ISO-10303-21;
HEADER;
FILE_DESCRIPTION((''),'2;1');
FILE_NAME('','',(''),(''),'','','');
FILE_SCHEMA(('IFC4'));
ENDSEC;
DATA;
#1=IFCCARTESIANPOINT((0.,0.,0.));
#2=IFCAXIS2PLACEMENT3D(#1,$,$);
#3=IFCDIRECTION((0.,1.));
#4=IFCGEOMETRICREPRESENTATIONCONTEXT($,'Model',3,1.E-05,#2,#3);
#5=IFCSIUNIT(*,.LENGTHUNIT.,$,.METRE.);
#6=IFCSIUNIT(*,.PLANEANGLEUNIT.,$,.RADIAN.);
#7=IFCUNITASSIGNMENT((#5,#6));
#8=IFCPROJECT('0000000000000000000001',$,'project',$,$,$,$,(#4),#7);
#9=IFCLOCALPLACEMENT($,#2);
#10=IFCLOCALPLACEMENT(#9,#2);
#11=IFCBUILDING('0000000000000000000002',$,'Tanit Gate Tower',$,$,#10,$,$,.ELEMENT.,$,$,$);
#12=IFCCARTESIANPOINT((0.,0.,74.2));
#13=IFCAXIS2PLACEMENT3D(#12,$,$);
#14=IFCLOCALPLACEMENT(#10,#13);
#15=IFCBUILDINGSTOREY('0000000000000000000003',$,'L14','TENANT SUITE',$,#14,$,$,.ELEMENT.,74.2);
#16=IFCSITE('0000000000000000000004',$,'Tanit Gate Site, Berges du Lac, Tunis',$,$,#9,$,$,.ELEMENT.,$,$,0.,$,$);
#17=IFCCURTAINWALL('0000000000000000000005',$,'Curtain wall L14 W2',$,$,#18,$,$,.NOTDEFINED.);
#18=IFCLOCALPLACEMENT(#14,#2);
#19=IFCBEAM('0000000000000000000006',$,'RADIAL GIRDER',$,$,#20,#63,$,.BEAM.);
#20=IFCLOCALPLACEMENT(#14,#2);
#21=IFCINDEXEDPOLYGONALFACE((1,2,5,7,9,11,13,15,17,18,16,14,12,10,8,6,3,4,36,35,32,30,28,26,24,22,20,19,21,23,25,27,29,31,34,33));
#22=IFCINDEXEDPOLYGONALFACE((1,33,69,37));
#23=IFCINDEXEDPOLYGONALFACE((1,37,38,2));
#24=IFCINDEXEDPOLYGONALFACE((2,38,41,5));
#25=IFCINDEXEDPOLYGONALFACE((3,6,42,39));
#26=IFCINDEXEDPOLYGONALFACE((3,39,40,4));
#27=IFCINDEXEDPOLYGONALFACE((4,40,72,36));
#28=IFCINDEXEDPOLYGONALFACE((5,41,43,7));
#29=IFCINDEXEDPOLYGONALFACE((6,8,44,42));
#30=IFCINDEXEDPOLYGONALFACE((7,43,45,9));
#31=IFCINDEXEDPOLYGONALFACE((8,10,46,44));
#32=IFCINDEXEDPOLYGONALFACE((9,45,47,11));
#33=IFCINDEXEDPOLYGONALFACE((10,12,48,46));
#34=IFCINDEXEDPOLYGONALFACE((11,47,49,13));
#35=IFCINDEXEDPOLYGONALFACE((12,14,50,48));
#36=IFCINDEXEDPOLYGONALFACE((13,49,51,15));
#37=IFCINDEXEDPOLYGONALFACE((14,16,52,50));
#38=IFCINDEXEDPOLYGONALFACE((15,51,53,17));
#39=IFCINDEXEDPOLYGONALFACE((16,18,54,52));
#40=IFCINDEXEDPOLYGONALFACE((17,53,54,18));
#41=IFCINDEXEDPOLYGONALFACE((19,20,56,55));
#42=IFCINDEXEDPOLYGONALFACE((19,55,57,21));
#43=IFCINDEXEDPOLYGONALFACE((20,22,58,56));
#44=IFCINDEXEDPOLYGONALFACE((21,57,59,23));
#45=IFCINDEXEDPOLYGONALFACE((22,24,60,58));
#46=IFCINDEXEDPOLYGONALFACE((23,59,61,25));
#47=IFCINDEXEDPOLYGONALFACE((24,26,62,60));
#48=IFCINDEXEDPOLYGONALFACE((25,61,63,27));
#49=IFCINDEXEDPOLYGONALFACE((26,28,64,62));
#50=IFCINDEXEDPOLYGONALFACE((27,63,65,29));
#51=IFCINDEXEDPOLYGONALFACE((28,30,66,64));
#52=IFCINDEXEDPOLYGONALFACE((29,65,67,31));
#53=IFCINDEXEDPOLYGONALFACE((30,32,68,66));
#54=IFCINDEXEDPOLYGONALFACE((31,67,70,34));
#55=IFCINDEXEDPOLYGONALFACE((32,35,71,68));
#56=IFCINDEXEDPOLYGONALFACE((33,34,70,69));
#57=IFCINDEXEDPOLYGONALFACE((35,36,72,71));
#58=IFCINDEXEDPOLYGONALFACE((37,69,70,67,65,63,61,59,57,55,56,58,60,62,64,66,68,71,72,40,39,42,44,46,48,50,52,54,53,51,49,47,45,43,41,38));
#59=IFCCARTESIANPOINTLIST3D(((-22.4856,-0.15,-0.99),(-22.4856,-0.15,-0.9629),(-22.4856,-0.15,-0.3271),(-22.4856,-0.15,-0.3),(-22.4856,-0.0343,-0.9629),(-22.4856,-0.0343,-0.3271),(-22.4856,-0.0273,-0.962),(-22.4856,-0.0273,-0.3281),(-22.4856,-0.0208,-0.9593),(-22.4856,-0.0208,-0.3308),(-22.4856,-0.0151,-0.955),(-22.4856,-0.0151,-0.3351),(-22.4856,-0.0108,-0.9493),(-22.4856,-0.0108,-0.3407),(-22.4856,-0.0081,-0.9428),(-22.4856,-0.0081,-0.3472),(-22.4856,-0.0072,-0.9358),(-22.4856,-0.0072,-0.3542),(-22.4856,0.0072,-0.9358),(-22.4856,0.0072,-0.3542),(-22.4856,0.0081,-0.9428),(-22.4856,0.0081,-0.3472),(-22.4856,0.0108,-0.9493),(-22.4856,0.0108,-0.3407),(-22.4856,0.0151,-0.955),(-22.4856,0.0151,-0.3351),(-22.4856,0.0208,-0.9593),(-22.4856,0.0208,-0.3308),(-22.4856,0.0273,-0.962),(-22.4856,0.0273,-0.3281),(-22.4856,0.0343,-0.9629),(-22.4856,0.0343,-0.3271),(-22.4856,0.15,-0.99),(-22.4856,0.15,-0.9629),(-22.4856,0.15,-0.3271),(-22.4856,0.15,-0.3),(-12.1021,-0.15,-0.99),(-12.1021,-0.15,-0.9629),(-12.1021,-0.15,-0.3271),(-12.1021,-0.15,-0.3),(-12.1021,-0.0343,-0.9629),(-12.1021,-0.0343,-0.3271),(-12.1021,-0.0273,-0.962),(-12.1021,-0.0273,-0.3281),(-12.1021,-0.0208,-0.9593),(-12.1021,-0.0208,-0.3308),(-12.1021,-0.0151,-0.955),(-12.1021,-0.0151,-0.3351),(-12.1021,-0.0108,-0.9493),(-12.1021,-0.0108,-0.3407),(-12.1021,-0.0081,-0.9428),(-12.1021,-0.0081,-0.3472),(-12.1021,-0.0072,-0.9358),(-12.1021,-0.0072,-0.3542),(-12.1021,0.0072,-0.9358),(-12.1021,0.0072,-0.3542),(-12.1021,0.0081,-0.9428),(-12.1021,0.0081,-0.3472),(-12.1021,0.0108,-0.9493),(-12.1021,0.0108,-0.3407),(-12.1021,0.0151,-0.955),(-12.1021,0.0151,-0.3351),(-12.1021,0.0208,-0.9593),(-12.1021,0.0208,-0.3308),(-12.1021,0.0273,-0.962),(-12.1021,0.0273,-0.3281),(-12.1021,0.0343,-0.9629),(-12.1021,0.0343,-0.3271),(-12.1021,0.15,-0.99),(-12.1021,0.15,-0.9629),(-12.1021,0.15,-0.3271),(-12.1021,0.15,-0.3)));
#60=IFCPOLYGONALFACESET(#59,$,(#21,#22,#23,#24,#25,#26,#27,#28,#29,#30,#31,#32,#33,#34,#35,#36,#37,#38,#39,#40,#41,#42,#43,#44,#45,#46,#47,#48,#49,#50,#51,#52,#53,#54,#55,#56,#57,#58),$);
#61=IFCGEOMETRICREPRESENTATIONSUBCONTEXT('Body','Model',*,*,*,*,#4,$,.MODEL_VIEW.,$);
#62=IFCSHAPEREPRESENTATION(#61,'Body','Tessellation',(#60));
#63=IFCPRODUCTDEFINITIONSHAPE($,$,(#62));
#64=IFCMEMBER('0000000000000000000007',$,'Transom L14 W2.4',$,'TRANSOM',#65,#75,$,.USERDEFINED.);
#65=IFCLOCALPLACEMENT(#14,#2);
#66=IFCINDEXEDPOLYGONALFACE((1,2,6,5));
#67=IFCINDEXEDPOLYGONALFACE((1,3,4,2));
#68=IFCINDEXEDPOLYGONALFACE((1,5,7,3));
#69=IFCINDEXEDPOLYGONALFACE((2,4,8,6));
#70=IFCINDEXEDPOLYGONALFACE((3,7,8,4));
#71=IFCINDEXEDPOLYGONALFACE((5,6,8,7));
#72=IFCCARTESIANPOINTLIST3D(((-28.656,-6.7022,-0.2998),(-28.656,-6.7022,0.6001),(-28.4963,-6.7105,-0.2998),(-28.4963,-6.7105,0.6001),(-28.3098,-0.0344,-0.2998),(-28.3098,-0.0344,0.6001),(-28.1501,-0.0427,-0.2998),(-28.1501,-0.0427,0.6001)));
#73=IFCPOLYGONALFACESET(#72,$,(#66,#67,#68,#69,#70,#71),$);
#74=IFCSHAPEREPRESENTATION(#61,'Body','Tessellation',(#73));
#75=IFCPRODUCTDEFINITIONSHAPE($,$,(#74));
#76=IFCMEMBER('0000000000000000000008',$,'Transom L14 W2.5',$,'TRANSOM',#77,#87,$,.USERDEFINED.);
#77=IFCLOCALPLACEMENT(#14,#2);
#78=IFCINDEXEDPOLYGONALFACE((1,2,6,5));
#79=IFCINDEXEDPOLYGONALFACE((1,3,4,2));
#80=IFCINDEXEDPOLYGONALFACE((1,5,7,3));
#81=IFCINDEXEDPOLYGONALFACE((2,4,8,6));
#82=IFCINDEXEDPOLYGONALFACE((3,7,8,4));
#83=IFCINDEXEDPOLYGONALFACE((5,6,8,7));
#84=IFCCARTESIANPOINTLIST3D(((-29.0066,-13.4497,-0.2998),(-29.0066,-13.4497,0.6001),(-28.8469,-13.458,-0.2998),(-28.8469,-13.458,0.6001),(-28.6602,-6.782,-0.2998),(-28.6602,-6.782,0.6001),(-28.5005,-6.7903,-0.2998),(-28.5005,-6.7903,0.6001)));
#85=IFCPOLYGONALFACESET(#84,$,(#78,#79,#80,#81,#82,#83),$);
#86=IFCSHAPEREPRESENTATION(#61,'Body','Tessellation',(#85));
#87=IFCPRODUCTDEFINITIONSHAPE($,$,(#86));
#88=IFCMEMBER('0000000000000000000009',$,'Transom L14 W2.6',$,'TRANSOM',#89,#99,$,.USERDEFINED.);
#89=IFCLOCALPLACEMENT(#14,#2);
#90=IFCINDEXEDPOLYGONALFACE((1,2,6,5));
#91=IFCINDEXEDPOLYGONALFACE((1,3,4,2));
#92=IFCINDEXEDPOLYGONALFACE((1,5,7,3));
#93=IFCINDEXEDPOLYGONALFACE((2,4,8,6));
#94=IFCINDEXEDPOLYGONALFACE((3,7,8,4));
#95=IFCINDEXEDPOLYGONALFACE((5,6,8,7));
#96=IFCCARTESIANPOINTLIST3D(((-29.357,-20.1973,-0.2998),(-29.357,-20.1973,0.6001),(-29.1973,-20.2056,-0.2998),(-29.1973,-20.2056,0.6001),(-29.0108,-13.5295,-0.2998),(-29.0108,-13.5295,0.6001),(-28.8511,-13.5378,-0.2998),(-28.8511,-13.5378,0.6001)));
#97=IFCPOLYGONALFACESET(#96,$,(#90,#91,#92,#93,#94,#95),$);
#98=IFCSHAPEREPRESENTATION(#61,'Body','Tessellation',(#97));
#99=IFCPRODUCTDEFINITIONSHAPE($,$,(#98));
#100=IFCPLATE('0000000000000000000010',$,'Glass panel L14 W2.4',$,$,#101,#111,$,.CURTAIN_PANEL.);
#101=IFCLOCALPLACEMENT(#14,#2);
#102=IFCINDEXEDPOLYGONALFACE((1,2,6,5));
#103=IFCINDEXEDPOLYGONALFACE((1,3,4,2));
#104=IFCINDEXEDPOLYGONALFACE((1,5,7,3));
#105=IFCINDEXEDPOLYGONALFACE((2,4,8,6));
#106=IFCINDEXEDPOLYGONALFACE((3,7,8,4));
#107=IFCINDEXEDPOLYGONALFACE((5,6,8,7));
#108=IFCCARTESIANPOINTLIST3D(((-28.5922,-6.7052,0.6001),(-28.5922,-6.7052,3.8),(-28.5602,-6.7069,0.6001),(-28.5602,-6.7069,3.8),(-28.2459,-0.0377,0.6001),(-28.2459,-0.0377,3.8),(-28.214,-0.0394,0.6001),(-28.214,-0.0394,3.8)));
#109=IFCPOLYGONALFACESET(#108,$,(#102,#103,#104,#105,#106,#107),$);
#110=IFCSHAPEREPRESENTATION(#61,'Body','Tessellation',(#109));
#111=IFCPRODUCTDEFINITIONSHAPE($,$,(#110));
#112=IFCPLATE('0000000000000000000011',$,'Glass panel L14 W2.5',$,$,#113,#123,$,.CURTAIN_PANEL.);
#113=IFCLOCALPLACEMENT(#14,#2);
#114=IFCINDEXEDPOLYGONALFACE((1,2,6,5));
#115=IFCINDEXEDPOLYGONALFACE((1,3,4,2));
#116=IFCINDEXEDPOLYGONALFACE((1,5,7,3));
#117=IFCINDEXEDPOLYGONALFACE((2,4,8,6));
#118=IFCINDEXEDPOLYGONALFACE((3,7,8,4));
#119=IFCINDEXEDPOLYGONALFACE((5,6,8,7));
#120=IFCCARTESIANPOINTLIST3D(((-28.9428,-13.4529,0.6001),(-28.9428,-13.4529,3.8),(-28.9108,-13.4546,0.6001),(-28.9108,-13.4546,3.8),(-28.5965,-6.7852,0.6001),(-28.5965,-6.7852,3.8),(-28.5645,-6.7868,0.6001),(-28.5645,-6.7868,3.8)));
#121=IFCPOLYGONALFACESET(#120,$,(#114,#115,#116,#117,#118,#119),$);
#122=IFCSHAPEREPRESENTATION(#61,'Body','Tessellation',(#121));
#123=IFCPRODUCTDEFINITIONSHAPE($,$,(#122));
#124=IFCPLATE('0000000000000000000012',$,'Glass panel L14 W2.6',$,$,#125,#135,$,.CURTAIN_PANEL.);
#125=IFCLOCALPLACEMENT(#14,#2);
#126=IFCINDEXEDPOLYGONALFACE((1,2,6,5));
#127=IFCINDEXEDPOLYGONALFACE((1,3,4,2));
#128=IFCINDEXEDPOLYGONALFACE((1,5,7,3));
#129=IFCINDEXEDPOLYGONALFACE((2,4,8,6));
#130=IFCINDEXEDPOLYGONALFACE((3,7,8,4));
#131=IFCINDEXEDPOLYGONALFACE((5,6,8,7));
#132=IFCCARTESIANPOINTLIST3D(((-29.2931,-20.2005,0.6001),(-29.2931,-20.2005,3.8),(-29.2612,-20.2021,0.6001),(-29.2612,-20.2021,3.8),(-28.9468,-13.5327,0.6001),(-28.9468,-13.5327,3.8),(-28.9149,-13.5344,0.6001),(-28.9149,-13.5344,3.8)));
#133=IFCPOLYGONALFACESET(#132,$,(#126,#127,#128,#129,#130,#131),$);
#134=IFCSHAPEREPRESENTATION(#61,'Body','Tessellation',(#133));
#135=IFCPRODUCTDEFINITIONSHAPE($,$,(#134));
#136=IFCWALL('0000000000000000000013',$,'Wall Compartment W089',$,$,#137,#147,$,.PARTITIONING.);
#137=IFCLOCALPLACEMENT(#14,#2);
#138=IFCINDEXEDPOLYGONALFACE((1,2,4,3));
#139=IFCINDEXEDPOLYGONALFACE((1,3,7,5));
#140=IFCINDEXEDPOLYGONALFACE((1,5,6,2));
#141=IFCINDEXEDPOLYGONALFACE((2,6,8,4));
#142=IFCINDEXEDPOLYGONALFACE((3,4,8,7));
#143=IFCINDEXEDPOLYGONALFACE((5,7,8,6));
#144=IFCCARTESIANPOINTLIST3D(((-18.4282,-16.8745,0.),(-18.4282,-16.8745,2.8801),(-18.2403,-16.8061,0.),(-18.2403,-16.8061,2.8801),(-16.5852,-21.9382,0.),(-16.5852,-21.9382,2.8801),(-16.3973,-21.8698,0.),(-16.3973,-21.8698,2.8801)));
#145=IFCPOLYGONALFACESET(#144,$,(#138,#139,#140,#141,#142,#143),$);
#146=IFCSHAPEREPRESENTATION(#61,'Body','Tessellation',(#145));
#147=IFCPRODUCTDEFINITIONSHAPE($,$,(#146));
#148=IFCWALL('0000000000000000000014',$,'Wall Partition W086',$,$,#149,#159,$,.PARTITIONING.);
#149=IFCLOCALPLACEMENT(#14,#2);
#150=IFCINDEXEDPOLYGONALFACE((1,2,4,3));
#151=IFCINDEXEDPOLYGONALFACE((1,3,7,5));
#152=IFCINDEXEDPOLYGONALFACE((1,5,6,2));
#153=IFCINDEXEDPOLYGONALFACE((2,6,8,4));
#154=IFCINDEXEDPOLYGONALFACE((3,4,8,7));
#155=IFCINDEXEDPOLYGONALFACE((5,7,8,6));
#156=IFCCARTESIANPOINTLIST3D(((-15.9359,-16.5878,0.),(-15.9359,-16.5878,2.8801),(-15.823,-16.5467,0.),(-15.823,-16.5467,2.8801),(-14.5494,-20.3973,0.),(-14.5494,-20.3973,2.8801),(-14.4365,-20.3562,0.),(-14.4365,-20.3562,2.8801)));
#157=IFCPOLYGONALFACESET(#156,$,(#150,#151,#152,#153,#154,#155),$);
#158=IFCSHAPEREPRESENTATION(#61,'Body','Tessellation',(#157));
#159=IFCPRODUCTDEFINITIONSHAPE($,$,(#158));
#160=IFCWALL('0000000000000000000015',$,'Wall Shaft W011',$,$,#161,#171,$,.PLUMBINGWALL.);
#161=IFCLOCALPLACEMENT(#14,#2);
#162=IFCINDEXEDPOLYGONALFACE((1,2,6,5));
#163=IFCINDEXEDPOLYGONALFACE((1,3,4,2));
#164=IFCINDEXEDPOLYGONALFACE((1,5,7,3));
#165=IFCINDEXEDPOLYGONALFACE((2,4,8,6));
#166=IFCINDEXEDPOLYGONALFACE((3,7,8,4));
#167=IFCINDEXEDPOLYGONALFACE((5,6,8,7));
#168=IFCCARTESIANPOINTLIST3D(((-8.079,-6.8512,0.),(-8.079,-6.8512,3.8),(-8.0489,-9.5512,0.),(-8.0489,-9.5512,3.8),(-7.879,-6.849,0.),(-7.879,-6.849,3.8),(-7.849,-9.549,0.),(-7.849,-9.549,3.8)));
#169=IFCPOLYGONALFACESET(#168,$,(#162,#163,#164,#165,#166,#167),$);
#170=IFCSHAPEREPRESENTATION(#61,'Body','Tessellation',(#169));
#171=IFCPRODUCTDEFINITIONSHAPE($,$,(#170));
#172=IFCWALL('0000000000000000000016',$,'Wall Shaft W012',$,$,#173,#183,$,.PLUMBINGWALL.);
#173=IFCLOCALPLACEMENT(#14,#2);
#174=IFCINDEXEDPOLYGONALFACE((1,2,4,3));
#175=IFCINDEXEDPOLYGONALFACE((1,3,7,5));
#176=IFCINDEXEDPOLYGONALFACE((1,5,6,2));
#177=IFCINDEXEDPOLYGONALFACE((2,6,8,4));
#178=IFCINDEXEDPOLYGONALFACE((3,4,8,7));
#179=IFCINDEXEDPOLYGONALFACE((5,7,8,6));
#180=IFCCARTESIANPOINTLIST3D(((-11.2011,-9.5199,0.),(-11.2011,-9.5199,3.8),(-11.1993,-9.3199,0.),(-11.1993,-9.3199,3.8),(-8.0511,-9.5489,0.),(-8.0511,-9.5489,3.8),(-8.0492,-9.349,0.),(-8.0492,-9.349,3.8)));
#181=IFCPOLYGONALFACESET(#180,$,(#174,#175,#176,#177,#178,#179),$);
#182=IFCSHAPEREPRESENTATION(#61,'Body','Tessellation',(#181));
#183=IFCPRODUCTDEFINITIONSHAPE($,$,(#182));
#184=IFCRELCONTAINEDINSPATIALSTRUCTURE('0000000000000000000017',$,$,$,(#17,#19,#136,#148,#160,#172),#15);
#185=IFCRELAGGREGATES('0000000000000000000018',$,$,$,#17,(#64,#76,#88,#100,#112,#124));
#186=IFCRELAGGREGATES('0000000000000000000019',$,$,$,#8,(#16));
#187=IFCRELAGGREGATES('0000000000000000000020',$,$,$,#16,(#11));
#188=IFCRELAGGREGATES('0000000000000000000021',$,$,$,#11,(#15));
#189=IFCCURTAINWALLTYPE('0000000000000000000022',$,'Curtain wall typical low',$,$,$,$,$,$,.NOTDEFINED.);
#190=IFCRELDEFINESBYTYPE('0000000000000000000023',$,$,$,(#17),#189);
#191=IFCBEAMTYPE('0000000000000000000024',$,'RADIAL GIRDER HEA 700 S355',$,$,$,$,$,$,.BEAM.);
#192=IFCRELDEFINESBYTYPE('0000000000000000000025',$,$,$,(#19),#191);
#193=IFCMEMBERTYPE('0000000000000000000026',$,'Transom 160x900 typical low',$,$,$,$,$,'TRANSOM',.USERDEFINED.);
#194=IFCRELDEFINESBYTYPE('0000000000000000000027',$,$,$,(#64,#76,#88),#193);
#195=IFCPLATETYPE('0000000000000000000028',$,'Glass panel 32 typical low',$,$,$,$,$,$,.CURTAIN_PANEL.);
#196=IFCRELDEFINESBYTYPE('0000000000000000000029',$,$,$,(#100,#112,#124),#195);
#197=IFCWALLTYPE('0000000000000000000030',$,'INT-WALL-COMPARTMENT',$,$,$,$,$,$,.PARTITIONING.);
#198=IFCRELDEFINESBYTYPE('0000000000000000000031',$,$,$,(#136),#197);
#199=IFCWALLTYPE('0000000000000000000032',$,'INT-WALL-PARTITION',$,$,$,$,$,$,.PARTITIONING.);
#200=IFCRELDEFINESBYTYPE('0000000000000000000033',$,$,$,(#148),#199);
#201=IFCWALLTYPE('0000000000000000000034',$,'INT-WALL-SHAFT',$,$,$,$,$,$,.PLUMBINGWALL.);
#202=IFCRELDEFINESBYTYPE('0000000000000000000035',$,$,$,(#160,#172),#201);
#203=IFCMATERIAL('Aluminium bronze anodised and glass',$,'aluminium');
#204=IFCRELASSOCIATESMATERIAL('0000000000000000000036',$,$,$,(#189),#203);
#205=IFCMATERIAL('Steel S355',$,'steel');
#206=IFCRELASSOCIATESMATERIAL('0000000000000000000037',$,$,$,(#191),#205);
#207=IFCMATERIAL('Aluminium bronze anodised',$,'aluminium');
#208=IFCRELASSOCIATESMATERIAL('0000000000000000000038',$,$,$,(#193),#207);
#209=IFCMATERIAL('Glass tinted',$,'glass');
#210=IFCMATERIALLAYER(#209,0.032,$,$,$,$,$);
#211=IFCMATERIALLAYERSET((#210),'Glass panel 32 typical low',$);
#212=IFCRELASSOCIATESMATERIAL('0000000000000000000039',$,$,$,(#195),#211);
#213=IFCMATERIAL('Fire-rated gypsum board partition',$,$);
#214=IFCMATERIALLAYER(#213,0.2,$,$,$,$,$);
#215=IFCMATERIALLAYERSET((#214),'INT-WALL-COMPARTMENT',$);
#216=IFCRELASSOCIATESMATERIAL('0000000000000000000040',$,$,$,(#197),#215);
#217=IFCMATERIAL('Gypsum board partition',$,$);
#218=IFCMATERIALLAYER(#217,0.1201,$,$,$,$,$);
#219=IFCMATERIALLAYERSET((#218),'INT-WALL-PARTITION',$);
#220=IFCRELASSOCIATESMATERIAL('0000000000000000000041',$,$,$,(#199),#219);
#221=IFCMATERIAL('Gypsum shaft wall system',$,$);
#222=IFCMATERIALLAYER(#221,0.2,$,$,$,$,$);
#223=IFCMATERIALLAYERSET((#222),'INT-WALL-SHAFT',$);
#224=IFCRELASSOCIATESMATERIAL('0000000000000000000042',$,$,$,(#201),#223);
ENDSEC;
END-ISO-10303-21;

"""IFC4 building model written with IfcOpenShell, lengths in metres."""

from ifc_helpers import new_model, si_unit, direction, frame, frame_2d, origin, origin_2d, place, context, subcontext, project, spatial, rectangle, i_section, extrude, material, layer, layer_set, material_profile, profile_set, type_object, element, aggregate, save


model = new_model("IFC4")

# Units and contexts
model_context = context("Model", 3, precision=1e-05, world=origin(), true_north=direction((0.0, 1.0)))
body_context = subcontext(model_context, "Body", "Model", "MODEL_VIEW")
ifc_project = project(units=[si_unit("LENGTHUNIT", "METRE"), si_unit("PLANEANGLEUNIT", "RADIAN")], contexts=[model_context])

# Site, building, storey
site_placement = place(None, origin())
site = spatial("IfcSite", under=ifc_project, at=site_placement, Name="Tanit Gate Site, Berges du Lac, Tunis", CompositionType="ELEMENT", RefElevation=0.0)
building_placement = place(site_placement, origin())
building = spatial("IfcBuilding", under=site, at=building_placement, Name="Tanit Gate Tower", CompositionType="ELEMENT")
storey_placement = place(building_placement, frame((0.0, 0.0, 74.2)))
storey = spatial("IfcBuildingStorey", under=building, at=storey_placement, Name="L14", Description="TENANT SUITE", CompositionType="ELEMENT", Elevation=74.2)

# Curtain wall
ifc_material_1 = material(Name="Aluminium bronze anodised and glass", Category="aluminium")
curtain_wall_type = type_object("IfcCurtainWallType", Name="Curtain wall typical low", PredefinedType="NOTDEFINED", material=ifc_material_1)
curtain_wall_placement = place(storey_placement, origin())
curtain_wall = element("IfcCurtainWall", 1, at=curtain_wall_placement, inside=storey, type_object=curtain_wall_type, Name="Curtain wall L14 W2", PredefinedType="NOTDEFINED")

# Beam
ifc_material_2 = material(Name="Steel S355", Category="steel")
ifc_material_profile_1 = material_profile(ifc_material_2, i_section(OverallWidth=0.3, OverallDepth=0.6899, WebThickness=0.0144, FlangeThickness=0.0271, FilletRadius=0.0271, at=origin_2d()), Name="HEA 700")
ifc_profile_set_1 = profile_set([ifc_material_profile_1], Name="Steel S355")
beam_type = type_object("IfcBeamType", Name="RADIAL GIRDER HEA 700 S355", PredefinedType="BEAM", material=ifc_profile_set_1)
beam_1_placement = place(storey_placement, frame((-22.4856, 0.0, -0.645), z_axis=(1.0, 0.0, 0.0), x_axis=(0.0, 1.0, 0.0)))
element("IfcBeam", 2, at=beam_1_placement, inside=storey, type_object=beam_type, Name="RADIAL GIRDER", PredefinedType="BEAM", context=body_context, shape_type="SweptSolid", body=[
    extrude(i_section(OverallWidth=0.3, OverallDepth=0.6899, WebThickness=0.0144, FlangeThickness=0.0271, FilletRadius=0.0271, at=origin_2d()), origin(), (0.0, 0.0, 1.0), 10.3835),
])

# Members
ifc_material_3 = material(Name="Aluminium bronze anodised", Category="aluminium")
ifc_material_profile_2 = material_profile(ifc_material_3, rectangle(XDim=0.1599, YDim=0.8999, at=origin_2d()), Name="160x900 bronze transom")
ifc_profile_set_2 = profile_set([ifc_material_profile_2], Name="Aluminium bronze anodised")
member_type_1 = type_object("IfcMemberType", Name="Transom 160x900 typical low", ElementType="TRANSOM", PredefinedType="USERDEFINED", material=ifc_profile_set_2)
member_1_placement = place(storey_placement, frame((-28.23, -0.0386, 0.1501), z_axis=(-0.051851, -0.998655, 0.0), x_axis=(0.998655, -0.051851, 0.0)))
member_1 = element("IfcMember", 3, at=member_1_placement, type_object=member_type_1, Name="Transom L14 W2.4", ObjectType="TRANSOM", PredefinedType="USERDEFINED", context=body_context, shape_type="SweptSolid", body=[
    extrude(rectangle(XDim=0.1599, YDim=0.8999, at=origin_2d()), origin(), (0.0, 0.0, 1.0), 6.6768),
])
member_2_placement = place(storey_placement, frame((-28.5803, -6.7861, 0.1501), z_axis=(-0.051887, -0.998653, 0.0), x_axis=(0.998653, -0.051887, 0.0)))
member_2 = element("IfcMember", 4, at=member_2_placement, type_object=member_type_1, Name="Transom L14 W2.5", ObjectType="TRANSOM", PredefinedType="USERDEFINED", context=body_context, shape_type="SweptSolid", body=[
    extrude(rectangle(XDim=0.1599, YDim=0.8999, at=origin_2d()), origin(), (0.0, 0.0, 1.0), 6.6768),
])
member_3_placement = place(storey_placement, frame((-28.9309, -13.5337, 0.1501), z_axis=(-0.051851, -0.998655, 0.0), x_axis=(0.998655, -0.051851, 0.0)))
member_3 = element("IfcMember", 5, at=member_3_placement, type_object=member_type_1, Name="Transom L14 W2.6", ObjectType="TRANSOM", PredefinedType="USERDEFINED", context=body_context, shape_type="SweptSolid", body=[
    extrude(rectangle(XDim=0.1599, YDim=0.8999, at=origin_2d()), origin(), (0.0, 0.0, 1.0), 6.6768),
])

# Plates
ifc_material_4 = material(Name="Glass tinted", Category="glass")
ifc_layer_1 = layer(ifc_material_4, 0.032)
ifc_layer_set_1 = layer_set([ifc_layer_1], Name="Glass panel 32 typical low")
plate_type = type_object("IfcPlateType", Name="Glass panel 32 typical low", PredefinedType="CURTAIN_PANEL", material=ifc_layer_set_1)
plate_1_placement = place(storey_placement, frame((-28.4031, -3.3723, 0.6001), z_axis=(0.0, 0.0, 1.0), x_axis=(-0.051865, -0.998654, 0.0)))
plate_1 = element("IfcPlate", 6, at=plate_1_placement, type_object=plate_type, Name="Glass panel L14 W2.4", PredefinedType="CURTAIN_PANEL", context=body_context, shape_type="SweptSolid", body=[
    extrude(rectangle(XDim=6.6765, YDim=0.032, at=origin_2d()), origin(), (0.0, 0.0, 1.0), 3.2),
])
plate_2_placement = place(storey_placement, frame((-28.7537, -10.1199, 0.6001), z_axis=(0.0, 0.0, 1.0), x_axis=(-0.051865, -0.998654, 0.0)))
plate_2 = element("IfcPlate", 7, at=plate_2_placement, type_object=plate_type, Name="Glass panel L14 W2.5", PredefinedType="CURTAIN_PANEL", context=body_context, shape_type="SweptSolid", body=[
    extrude(rectangle(XDim=6.6768, YDim=0.032, at=origin_2d()), origin(), (0.0, 0.0, 1.0), 3.2),
])
plate_3_placement = place(storey_placement, frame((-29.104, -16.8674, 0.6001), z_axis=(0.0, 0.0, 1.0), x_axis=(-0.051865, -0.998654, 0.0)))
plate_3 = element("IfcPlate", 8, at=plate_3_placement, type_object=plate_type, Name="Glass panel L14 W2.6", PredefinedType="CURTAIN_PANEL", context=body_context, shape_type="SweptSolid", body=[
    extrude(rectangle(XDim=6.6768, YDim=0.032, at=origin_2d()), origin(), (0.0, 0.0, 1.0), 3.2),
])
aggregate(curtain_wall, [member_1, member_2, member_3, plate_1, plate_2, plate_3])

# Walls
ifc_material_5 = material(Name="Fire-rated gypsum board partition")
ifc_layer_2 = layer(ifc_material_5, 0.2)
ifc_layer_set_2 = layer_set([ifc_layer_2], Name="INT-WALL-COMPARTMENT")
wall_type_1 = type_object("IfcWallType", Name="INT-WALL-COMPARTMENT", PredefinedType="PARTITIONING", material=ifc_layer_set_2)
wall_1_placement = place(storey_placement, frame((-18.3342, -16.8403, 0.0), z_axis=(0.0, 0.0, 1.0), x_axis=(0.342016, -0.939694, 0.0)))
element("IfcWall", 9, at=wall_1_placement, inside=storey, type_object=wall_type_1, Name="Wall Compartment W089", PredefinedType="PARTITIONING", context=body_context, shape_type="SweptSolid", body=[
    extrude(rectangle(XDim=5.3887, YDim=0.2, at=frame_2d((2.6943, 0.0))), origin(), (0.0, 0.0, 1.0), 2.8801),
])
ifc_material_6 = material(Name="Gypsum board partition")
ifc_layer_3 = layer(ifc_material_6, 0.1201)
ifc_layer_set_3 = layer_set([ifc_layer_3], Name="INT-WALL-PARTITION")
wall_type_2 = type_object("IfcWallType", Name="INT-WALL-PARTITION", PredefinedType="PARTITIONING", material=ifc_layer_set_3)
wall_2_placement = place(storey_placement, frame((-15.8794, -16.5674, 0.0), z_axis=(0.0, 0.0, 1.0), x_axis=(0.341999, -0.9397, 0.0)))
element("IfcWall", 10, at=wall_2_placement, inside=storey, type_object=wall_type_2, Name="Wall Partition W086", PredefinedType="PARTITIONING", context=body_context, shape_type="SweptSolid", body=[
    extrude(rectangle(XDim=4.054, YDim=0.1201, at=frame_2d((2.0269, 0.0))), origin(), (0.0, 0.0, 1.0), 2.8801),
])
ifc_material_7 = material(Name="Gypsum shaft wall system")
ifc_layer_4 = layer(ifc_material_7, 0.2)
ifc_layer_set_4 = layer_set([ifc_layer_4], Name="INT-WALL-SHAFT")
wall_type_3 = type_object("IfcWallType", Name="INT-WALL-SHAFT", PredefinedType="PLUMBINGWALL", material=ifc_layer_set_4)
wall_3_placement = place(storey_placement, frame((-7.979, -6.8501, 0.0), z_axis=(0.0, 0.0, 1.0), x_axis=(0.011121, -0.999938, 0.0)))
element("IfcWall", 11, at=wall_3_placement, inside=storey, type_object=wall_type_3, Name="Wall Shaft W011", PredefinedType="PLUMBINGWALL", context=body_context, shape_type="SweptSolid", body=[
    extrude(rectangle(XDim=2.7002, YDim=0.2, at=frame_2d((1.3501, 0.0))), origin(), (0.0, 0.0, 1.0), 3.8),
])
wall_4_placement = place(storey_placement, frame((-8.05, -9.449, 0.0), z_axis=(0.0, 0.0, 1.0), x_axis=(-0.999957, 0.009223, 0.0)))
element("IfcWall", 12, at=wall_4_placement, inside=storey, type_object=wall_type_3, Name="Wall Shaft W012", PredefinedType="PLUMBINGWALL", context=body_context, shape_type="SweptSolid", body=[
    extrude(rectangle(XDim=3.1501, YDim=0.2, at=frame_2d((1.5752, 0.0))), origin(), (0.0, 0.0, 1.0), 3.8),
])

save(model, "model.ifc")
